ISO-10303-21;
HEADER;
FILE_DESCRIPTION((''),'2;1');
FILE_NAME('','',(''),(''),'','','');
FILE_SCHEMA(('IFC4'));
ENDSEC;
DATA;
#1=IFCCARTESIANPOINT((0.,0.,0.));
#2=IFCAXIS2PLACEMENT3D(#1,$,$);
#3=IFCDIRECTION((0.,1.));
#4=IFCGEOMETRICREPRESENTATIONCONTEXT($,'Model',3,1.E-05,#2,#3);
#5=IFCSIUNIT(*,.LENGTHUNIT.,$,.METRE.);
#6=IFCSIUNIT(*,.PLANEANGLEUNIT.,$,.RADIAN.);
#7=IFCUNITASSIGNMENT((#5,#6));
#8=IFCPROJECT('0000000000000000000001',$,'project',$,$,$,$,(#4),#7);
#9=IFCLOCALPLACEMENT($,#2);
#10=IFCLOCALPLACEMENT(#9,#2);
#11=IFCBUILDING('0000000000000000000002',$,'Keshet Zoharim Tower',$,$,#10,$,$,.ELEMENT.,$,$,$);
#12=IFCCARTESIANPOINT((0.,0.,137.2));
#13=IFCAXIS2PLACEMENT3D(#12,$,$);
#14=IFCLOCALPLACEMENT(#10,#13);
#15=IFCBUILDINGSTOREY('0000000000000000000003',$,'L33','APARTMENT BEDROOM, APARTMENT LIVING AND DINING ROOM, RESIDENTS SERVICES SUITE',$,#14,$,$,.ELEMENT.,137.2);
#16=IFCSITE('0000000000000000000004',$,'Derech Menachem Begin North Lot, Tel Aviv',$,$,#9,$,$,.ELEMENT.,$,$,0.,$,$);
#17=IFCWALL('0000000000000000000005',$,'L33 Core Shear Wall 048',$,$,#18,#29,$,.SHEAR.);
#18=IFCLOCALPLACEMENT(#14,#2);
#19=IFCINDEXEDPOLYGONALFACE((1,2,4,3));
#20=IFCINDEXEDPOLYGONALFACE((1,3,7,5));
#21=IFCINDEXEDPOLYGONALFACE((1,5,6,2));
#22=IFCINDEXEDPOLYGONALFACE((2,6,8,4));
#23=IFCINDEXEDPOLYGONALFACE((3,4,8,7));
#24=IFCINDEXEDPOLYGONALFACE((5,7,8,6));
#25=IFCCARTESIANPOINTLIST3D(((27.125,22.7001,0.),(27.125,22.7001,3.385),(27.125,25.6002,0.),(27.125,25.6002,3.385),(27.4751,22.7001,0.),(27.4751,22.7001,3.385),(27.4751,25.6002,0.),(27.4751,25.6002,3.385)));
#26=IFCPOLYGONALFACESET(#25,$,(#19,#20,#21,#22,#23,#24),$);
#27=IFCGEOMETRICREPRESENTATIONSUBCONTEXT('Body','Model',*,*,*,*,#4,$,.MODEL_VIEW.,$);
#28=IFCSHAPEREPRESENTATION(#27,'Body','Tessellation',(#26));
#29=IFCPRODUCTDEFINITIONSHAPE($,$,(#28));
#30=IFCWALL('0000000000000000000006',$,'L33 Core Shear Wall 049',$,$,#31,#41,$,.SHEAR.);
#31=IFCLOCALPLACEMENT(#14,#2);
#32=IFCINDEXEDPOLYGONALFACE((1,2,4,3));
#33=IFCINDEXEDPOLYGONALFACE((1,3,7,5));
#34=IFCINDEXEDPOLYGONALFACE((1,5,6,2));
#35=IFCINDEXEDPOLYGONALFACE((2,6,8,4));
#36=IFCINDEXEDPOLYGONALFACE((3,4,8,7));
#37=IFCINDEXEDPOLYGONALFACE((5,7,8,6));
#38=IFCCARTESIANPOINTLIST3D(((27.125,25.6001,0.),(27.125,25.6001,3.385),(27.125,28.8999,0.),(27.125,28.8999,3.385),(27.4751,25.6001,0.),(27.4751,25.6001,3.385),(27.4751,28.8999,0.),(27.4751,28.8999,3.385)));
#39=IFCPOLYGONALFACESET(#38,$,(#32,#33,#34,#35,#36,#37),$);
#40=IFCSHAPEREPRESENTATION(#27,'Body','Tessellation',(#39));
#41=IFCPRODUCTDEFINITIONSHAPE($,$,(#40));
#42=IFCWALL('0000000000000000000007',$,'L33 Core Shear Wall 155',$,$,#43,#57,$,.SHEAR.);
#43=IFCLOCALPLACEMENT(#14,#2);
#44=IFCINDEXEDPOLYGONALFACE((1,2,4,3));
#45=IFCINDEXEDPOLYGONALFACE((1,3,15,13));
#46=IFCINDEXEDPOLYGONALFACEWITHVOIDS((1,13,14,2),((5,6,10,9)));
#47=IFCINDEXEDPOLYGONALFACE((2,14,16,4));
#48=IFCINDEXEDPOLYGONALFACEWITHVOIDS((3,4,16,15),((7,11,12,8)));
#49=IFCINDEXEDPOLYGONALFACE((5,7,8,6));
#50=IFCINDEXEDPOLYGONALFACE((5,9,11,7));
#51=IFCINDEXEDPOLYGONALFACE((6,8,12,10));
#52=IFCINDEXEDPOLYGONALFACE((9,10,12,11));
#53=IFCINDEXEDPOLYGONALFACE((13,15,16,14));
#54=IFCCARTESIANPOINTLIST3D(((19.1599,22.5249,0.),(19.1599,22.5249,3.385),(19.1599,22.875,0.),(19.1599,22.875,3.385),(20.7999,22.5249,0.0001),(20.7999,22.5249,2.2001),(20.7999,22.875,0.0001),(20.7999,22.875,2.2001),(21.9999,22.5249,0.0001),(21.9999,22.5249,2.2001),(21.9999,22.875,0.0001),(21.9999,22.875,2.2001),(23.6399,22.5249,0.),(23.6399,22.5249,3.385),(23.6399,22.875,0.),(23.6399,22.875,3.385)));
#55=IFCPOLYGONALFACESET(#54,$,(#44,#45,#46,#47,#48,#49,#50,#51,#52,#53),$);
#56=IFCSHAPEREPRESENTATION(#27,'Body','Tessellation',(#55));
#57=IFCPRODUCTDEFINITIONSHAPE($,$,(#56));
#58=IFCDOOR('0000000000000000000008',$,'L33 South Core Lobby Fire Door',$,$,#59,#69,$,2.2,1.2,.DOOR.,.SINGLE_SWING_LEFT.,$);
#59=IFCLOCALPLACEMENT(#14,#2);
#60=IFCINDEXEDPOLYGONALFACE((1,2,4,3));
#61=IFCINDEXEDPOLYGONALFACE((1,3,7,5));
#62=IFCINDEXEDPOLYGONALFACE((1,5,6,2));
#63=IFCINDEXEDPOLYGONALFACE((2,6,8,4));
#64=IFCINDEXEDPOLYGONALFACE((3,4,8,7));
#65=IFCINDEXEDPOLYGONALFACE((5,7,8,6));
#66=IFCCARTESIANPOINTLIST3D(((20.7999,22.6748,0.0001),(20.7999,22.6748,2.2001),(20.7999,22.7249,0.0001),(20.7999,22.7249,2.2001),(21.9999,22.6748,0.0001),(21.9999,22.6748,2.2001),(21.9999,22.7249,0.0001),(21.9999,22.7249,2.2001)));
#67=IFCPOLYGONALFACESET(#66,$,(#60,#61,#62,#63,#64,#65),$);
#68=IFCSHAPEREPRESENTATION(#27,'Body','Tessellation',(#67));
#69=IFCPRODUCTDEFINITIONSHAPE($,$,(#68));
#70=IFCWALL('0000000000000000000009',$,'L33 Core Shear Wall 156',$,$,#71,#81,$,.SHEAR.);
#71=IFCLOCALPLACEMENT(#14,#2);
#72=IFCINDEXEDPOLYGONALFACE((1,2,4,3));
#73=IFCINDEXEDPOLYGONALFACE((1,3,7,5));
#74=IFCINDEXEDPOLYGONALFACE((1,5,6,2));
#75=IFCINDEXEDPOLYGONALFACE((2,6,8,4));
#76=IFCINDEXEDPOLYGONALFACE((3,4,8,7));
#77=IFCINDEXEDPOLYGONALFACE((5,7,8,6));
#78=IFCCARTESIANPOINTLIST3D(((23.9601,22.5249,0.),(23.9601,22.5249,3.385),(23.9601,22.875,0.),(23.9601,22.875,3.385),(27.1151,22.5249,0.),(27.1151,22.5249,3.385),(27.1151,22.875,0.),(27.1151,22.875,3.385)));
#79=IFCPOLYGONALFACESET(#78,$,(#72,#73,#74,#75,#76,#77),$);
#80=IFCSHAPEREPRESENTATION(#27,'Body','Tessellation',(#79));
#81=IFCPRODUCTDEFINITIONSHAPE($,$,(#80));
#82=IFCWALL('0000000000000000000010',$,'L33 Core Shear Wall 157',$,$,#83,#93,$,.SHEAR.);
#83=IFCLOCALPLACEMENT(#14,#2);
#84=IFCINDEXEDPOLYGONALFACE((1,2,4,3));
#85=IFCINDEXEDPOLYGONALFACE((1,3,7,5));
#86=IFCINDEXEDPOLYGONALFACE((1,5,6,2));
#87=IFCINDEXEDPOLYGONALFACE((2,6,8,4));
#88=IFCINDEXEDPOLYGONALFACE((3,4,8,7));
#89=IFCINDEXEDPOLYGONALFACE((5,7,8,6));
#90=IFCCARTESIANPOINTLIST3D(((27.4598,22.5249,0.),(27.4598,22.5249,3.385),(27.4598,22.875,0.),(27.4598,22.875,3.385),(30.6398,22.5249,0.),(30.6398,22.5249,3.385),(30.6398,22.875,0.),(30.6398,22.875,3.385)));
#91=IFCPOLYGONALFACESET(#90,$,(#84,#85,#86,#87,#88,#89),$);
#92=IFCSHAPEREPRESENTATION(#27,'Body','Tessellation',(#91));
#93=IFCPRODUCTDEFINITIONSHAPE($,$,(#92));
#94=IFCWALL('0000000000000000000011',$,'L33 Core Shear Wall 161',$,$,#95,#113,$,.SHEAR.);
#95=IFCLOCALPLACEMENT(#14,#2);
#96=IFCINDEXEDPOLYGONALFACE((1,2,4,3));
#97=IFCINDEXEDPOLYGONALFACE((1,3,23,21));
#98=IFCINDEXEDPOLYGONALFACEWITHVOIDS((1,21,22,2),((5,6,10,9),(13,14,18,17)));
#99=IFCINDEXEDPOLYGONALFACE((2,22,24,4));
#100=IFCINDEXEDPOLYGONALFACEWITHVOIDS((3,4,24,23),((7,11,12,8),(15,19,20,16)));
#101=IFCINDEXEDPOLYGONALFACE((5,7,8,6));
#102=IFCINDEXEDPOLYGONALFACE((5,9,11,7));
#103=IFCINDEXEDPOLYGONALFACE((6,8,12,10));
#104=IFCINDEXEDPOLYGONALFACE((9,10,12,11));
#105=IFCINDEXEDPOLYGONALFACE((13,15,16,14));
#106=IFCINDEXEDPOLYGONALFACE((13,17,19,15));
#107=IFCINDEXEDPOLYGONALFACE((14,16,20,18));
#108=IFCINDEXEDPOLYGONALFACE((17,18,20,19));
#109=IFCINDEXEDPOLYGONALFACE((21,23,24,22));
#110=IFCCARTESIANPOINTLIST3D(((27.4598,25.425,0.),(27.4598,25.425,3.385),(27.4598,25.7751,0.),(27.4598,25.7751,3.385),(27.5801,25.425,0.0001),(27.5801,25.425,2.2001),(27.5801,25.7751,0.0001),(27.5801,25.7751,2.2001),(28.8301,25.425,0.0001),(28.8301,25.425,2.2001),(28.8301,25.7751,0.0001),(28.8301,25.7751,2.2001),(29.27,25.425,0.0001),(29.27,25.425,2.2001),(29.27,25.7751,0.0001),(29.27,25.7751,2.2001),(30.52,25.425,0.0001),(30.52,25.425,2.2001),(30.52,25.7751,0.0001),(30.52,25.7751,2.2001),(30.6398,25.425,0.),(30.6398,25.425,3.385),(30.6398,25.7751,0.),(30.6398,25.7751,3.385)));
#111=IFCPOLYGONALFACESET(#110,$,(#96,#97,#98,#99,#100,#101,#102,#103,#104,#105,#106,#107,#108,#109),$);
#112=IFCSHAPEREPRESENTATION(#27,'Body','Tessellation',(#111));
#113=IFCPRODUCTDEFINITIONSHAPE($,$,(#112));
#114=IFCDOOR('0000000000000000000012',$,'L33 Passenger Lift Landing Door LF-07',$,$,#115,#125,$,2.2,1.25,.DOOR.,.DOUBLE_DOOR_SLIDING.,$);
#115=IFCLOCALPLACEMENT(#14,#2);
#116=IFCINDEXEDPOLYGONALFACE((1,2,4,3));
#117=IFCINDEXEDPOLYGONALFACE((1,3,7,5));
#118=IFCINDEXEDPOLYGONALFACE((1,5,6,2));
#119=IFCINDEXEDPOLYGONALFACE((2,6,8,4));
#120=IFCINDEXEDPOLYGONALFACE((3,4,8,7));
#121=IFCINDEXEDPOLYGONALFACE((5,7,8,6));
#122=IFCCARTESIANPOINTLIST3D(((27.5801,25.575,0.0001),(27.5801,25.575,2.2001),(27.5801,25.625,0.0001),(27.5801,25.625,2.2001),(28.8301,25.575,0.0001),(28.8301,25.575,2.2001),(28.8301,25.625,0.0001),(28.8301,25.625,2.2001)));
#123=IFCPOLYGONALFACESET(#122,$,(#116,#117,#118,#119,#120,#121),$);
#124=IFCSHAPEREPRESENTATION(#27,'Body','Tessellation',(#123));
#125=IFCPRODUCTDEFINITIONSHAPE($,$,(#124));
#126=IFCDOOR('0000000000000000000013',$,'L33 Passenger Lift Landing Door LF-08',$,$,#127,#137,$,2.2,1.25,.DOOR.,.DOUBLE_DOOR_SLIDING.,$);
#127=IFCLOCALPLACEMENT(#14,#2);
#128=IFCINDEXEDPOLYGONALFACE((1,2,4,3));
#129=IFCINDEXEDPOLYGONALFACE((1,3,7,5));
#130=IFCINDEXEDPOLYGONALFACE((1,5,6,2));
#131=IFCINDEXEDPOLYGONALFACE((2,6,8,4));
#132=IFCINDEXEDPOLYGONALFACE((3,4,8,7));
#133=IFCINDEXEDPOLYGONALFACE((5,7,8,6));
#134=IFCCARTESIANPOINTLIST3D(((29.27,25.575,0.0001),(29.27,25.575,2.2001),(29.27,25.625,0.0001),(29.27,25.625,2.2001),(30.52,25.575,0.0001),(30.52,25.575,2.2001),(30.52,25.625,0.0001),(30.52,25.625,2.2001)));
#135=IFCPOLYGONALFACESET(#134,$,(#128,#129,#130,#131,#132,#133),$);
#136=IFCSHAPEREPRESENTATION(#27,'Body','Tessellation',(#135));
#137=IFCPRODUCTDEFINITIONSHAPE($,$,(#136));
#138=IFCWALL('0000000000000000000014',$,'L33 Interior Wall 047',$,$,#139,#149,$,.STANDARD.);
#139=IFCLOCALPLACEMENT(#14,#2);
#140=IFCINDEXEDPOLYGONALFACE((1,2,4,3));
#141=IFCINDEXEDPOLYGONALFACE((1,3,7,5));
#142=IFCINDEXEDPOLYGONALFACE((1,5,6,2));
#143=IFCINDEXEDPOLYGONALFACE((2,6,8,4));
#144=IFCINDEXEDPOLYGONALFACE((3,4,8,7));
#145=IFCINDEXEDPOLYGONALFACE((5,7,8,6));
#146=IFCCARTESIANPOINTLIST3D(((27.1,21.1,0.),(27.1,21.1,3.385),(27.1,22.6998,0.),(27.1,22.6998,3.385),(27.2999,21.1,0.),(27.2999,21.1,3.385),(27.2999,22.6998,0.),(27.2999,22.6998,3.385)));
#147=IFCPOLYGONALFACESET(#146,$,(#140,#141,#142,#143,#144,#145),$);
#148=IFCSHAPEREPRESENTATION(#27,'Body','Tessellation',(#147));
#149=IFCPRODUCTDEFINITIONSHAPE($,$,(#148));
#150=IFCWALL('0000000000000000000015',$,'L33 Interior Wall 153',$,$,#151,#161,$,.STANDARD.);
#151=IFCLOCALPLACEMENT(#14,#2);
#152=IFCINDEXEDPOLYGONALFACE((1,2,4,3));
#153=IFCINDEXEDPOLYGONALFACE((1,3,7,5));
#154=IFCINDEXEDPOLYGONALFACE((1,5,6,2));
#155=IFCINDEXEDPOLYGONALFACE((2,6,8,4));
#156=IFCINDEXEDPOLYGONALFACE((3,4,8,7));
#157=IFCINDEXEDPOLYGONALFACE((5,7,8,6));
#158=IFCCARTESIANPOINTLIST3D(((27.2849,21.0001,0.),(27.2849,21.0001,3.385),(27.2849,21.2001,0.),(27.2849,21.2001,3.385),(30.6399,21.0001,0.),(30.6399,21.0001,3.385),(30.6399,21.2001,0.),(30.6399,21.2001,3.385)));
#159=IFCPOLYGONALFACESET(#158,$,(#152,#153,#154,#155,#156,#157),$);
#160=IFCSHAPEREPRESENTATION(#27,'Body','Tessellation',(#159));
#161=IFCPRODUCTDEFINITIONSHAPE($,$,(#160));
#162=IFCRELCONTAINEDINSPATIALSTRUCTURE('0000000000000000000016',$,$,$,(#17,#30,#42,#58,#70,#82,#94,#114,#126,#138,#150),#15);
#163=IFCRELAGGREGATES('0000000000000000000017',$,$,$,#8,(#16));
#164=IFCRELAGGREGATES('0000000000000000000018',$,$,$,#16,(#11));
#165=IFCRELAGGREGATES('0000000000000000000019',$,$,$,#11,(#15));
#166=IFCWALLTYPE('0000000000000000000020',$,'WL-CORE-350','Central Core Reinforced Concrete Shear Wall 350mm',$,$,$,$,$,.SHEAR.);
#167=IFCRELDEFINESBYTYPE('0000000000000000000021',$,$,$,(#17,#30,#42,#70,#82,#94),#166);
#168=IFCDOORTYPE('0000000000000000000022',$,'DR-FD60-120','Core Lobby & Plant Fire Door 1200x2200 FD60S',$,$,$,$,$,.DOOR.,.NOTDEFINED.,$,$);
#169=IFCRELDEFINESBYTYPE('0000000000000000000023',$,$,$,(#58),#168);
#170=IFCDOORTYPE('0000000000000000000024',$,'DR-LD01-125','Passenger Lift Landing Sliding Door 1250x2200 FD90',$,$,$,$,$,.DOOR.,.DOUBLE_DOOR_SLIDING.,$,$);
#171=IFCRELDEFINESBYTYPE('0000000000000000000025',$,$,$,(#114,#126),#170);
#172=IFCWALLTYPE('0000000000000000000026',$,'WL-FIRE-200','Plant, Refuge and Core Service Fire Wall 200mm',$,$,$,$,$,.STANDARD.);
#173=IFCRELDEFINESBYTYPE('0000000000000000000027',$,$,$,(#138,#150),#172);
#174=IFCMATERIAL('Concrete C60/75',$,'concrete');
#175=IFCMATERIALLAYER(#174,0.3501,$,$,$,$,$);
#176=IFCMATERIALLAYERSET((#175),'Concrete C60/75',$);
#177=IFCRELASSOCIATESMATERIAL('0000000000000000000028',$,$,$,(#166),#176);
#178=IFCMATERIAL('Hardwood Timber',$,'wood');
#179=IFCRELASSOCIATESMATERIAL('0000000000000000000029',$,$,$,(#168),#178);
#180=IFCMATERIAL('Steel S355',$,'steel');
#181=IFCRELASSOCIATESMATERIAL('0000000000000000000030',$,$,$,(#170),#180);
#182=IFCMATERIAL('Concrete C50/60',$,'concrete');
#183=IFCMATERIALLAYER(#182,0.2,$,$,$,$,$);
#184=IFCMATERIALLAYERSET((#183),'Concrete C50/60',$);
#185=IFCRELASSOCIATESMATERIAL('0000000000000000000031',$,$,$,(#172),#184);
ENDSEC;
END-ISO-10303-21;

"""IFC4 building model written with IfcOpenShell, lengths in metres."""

from ifc_helpers import new_model, si_unit, direction, frame, frame_2d, origin, place, context, subcontext, project, spatial, rectangle, extrude, material, layer, layer_set, type_object, element, fill, save


model = new_model("IFC4")

# Units and contexts
model_context = context("Model", 3, precision=1e-05, world=origin(), true_north=direction((0.0, 1.0)))
body_context = subcontext(model_context, "Body", "Model", "MODEL_VIEW")
ifc_project = project(units=[si_unit("LENGTHUNIT", "METRE"), si_unit("PLANEANGLEUNIT", "RADIAN")], contexts=[model_context])

# Site, building, storey
site_placement = place(None, origin())
site = spatial("IfcSite", under=ifc_project, at=site_placement, Name="Derech Menachem Begin North Lot, Tel Aviv", CompositionType="ELEMENT", RefElevation=0.0)
building_placement = place(site_placement, origin())
building = spatial("IfcBuilding", under=site, at=building_placement, Name="Keshet Zoharim Tower", CompositionType="ELEMENT")
storey_placement = place(building_placement, frame((0.0, 0.0, 137.2)))
storey = spatial("IfcBuildingStorey", under=building, at=storey_placement, Name="L33", Description="APARTMENT BEDROOM, APARTMENT LIVING AND DINING ROOM, RESIDENTS SERVICES SUITE", CompositionType="ELEMENT", Elevation=137.2)

# Shared definitions
ifc_material_1 = material(Name="Concrete C60/75", Category="concrete")
ifc_layer_1 = layer(ifc_material_1, 0.3501)
ifc_layer_set_1 = layer_set([ifc_layer_1], Name="Concrete C60/75")
wall_type_1 = type_object("IfcWallType", Name="WL-CORE-350", Description="Central Core Reinforced Concrete Shear Wall 350mm", PredefinedType="SHEAR", material=ifc_layer_set_1)
ifc_material_2 = material(Name="Hardwood Timber", Category="wood")

# Walls
wall_1_placement = place(storey_placement, frame((27.3, 22.7, 0.0), z_axis=(0.0, 0.0, 1.0), x_axis=(0.0, 1.0, 0.0)))
element("IfcWall", 1, at=wall_1_placement, inside=storey, type_object=wall_type_1, Name="L33 Core Shear Wall 048", PredefinedType="SHEAR", context=body_context, shape_type="SweptSolid", body=[
    extrude(rectangle(XDim=2.9001, YDim=0.3501, at=frame_2d((1.4502, 0.0))), origin(), (0.0, 0.0, 1.0), 3.385),
])
wall_2_placement = place(storey_placement, frame((27.3, 25.6001, 0.0), z_axis=(0.0, 0.0, 1.0), x_axis=(0.0, 1.0, 0.0)))
element("IfcWall", 2, at=wall_2_placement, inside=storey, type_object=wall_type_1, Name="L33 Core Shear Wall 049", PredefinedType="SHEAR", context=body_context, shape_type="SweptSolid", body=[
    extrude(rectangle(XDim=3.2998, YDim=0.3501, at=frame_2d((1.6499, 0.0))), origin(), (0.0, 0.0, 1.0), 3.385),
])

# Wall, opening, door
wall_3_placement = place(storey_placement, frame((19.1599, 22.7, 0.0), z_axis=(0.0, 0.0, 1.0), x_axis=(1.0, 0.0, 0.0)))
wall_3 = element("IfcWall", 3, at=wall_3_placement, inside=storey, type_object=wall_type_1, Name="L33 Core Shear Wall 155", PredefinedType="SHEAR", context=body_context, shape_type="SweptSolid", body=[
    extrude(rectangle(XDim=4.48, YDim=0.3501, at=frame_2d((2.24, 0.0))), origin(), (0.0, 0.0, 1.0), 3.385),
])
opening_1_placement = place(wall_3_placement, frame((1.6399, 0.0, 0.0)))
opening_1 = element("IfcOpeningElement", 4, at=opening_1_placement, cuts=wall_3, PredefinedType="OPENING", context=body_context, shape_type="SweptSolid", body=[
    extrude(rectangle(XDim=1.2, YDim=2.2, at=frame_2d((0.6001, 1.1001))), frame((0.0, 0.1851, 0.0), z_axis=(0.0, -1.0, 0.0), x_axis=(1.0, 0.0, 0.0)), (0.0, 0.0, 1.0), 0.3701),
])
door_type_1 = type_object("IfcDoorType", Name="DR-FD60-120", Description="Core Lobby & Plant Fire Door 1200x2200 FD60S", OperationType="NOTDEFINED", PredefinedType="DOOR", material=ifc_material_2)
door_1_placement = place(opening_1_placement, origin())
door_1 = element("IfcDoor", 5, at=door_1_placement, inside=storey, type_object=door_type_1, Name="L33 South Core Lobby Fire Door", OperationType="SINGLE_SWING_LEFT", OverallHeight=2.2, OverallWidth=1.2, PredefinedType="DOOR", context=body_context, shape_type="SweptSolid", body=[
    extrude(rectangle(XDim=1.2, YDim=2.2, at=frame_2d((0.6001, 1.1001))), frame((0.0, 0.0249, 0.0), z_axis=(0.0, -1.0, 0.0), x_axis=(1.0, 0.0, 0.0)), (0.0, 0.0, 1.0), 0.05),
])
fill(opening_1, door_1)

# Walls
wall_4_placement = place(storey_placement, frame((23.96, 22.7, 0.0), z_axis=(0.0, 0.0, 1.0), x_axis=(1.0, 0.0, 0.0)))
element("IfcWall", 6, at=wall_4_placement, inside=storey, type_object=wall_type_1, Name="L33 Core Shear Wall 156", PredefinedType="SHEAR", context=body_context, shape_type="SweptSolid", body=[
    extrude(rectangle(XDim=3.155, YDim=0.3501, at=frame_2d((1.5776, 0.0))), origin(), (0.0, 0.0, 1.0), 3.385),
])
wall_5_placement = place(storey_placement, frame((27.46, 22.7, 0.0), z_axis=(0.0, 0.0, 1.0), x_axis=(1.0, 0.0, 0.0)))
element("IfcWall", 7, at=wall_5_placement, inside=storey, type_object=wall_type_1, Name="L33 Core Shear Wall 157", PredefinedType="SHEAR", context=body_context, shape_type="SweptSolid", body=[
    extrude(rectangle(XDim=3.1799, YDim=0.3501, at=frame_2d((1.5898, 0.0))), origin(), (0.0, 0.0, 1.0), 3.385),
])

# Wall, openings, doors
wall_6_placement = place(storey_placement, frame((27.46, 25.6001, 0.0), z_axis=(0.0, 0.0, 1.0), x_axis=(1.0, 0.0, 0.0)))
wall_6 = element("IfcWall", 8, at=wall_6_placement, inside=storey, type_object=wall_type_1, Name="L33 Core Shear Wall 161", PredefinedType="SHEAR", context=body_context, shape_type="SweptSolid", body=[
    extrude(rectangle(XDim=3.1799, YDim=0.3501, at=frame_2d((1.5898, 0.0))), origin(), (0.0, 0.0, 1.0), 3.385),
])
opening_2_placement = place(wall_6_placement, frame((0.1201, 0.0, 0.0)))
opening_2 = element("IfcOpeningElement", 9, at=opening_2_placement, cuts=wall_6, PredefinedType="OPENING", context=body_context, shape_type="SweptSolid", body=[
    extrude(rectangle(XDim=1.25, YDim=2.2, at=frame_2d((0.625, 1.1001))), frame((0.0, 0.1851, 0.0), z_axis=(0.0, -1.0, 0.0), x_axis=(1.0, 0.0, 0.0)), (0.0, 0.0, 1.0), 0.3701),
])
opening_3_placement = place(wall_6_placement, frame((1.8101, 0.0, 0.0)))
opening_3 = element("IfcOpeningElement", 10, at=opening_3_placement, cuts=wall_6, PredefinedType="OPENING", context=body_context, shape_type="SweptSolid", body=[
    extrude(rectangle(XDim=1.25, YDim=2.2, at=frame_2d((0.625, 1.1001))), frame((0.0, 0.1851, 0.0), z_axis=(0.0, -1.0, 0.0), x_axis=(1.0, 0.0, 0.0)), (0.0, 0.0, 1.0), 0.3701),
])
ifc_material_3 = material(Name="Steel S355", Category="steel")
door_type_2 = type_object("IfcDoorType", Name="DR-LD01-125", Description="Passenger Lift Landing Sliding Door 1250x2200 FD90", OperationType="DOUBLE_DOOR_SLIDING", PredefinedType="DOOR", material=ifc_material_3)
door_2_placement = place(opening_2_placement, origin())
door_2 = element("IfcDoor", 11, at=door_2_placement, inside=storey, type_object=door_type_2, Name="L33 Passenger Lift Landing Door LF-07", OperationType="DOUBLE_DOOR_SLIDING", OverallHeight=2.2, OverallWidth=1.25, PredefinedType="DOOR", context=body_context, shape_type="SweptSolid", body=[
    extrude(rectangle(XDim=1.25, YDim=2.2, at=frame_2d((0.625, 1.1001))), frame((0.0, 0.0249, 0.0), z_axis=(0.0, -1.0, 0.0), x_axis=(1.0, 0.0, 0.0)), (0.0, 0.0, 1.0), 0.05),
])
fill(opening_2, door_2)
door_3_placement = place(opening_3_placement, origin())
door_3 = element("IfcDoor", 12, at=door_3_placement, inside=storey, type_object=door_type_2, Name="L33 Passenger Lift Landing Door LF-08", OperationType="DOUBLE_DOOR_SLIDING", OverallHeight=2.2, OverallWidth=1.25, PredefinedType="DOOR", context=body_context, shape_type="SweptSolid", body=[
    extrude(rectangle(XDim=1.25, YDim=2.2, at=frame_2d((0.625, 1.1001))), frame((0.0, 0.0249, 0.0), z_axis=(0.0, -1.0, 0.0), x_axis=(1.0, 0.0, 0.0)), (0.0, 0.0, 1.0), 0.05),
])
fill(opening_3, door_3)

# Walls
ifc_material_4 = material(Name="Concrete C50/60", Category="concrete")
ifc_layer_2 = layer(ifc_material_4, 0.2)
ifc_layer_set_2 = layer_set([ifc_layer_2], Name="Concrete C50/60")
wall_type_2 = type_object("IfcWallType", Name="WL-FIRE-200", Description="Plant, Refuge and Core Service Fire Wall 200mm", PredefinedType="STANDARD", material=ifc_layer_set_2)
wall_7_placement = place(storey_placement, frame((27.2, 21.1001, 0.0), z_axis=(0.0, 0.0, 1.0), x_axis=(0.0, 1.0, 0.0)))
element("IfcWall", 13, at=wall_7_placement, inside=storey, type_object=wall_type_2, Name="L33 Interior Wall 047", PredefinedType="STANDARD", context=body_context, shape_type="SweptSolid", body=[
    extrude(rectangle(XDim=1.5999, YDim=0.2, at=frame_2d((0.7998, 0.0))), origin(), (0.0, 0.0, 1.0), 3.385),
])
wall_8_placement = place(storey_placement, frame((27.2849, 21.1001, 0.0), z_axis=(0.0, 0.0, 1.0), x_axis=(1.0, 0.0, 0.0)))
element("IfcWall", 14, at=wall_8_placement, inside=storey, type_object=wall_type_2, Name="L33 Interior Wall 153", PredefinedType="STANDARD", context=body_context, shape_type="SweptSolid", body=[
    extrude(rectangle(XDim=3.355, YDim=0.2, at=frame_2d((1.6775, 0.0))), origin(), (0.0, 0.0, 1.0), 3.385),
])

save(model, "model.ifc")
